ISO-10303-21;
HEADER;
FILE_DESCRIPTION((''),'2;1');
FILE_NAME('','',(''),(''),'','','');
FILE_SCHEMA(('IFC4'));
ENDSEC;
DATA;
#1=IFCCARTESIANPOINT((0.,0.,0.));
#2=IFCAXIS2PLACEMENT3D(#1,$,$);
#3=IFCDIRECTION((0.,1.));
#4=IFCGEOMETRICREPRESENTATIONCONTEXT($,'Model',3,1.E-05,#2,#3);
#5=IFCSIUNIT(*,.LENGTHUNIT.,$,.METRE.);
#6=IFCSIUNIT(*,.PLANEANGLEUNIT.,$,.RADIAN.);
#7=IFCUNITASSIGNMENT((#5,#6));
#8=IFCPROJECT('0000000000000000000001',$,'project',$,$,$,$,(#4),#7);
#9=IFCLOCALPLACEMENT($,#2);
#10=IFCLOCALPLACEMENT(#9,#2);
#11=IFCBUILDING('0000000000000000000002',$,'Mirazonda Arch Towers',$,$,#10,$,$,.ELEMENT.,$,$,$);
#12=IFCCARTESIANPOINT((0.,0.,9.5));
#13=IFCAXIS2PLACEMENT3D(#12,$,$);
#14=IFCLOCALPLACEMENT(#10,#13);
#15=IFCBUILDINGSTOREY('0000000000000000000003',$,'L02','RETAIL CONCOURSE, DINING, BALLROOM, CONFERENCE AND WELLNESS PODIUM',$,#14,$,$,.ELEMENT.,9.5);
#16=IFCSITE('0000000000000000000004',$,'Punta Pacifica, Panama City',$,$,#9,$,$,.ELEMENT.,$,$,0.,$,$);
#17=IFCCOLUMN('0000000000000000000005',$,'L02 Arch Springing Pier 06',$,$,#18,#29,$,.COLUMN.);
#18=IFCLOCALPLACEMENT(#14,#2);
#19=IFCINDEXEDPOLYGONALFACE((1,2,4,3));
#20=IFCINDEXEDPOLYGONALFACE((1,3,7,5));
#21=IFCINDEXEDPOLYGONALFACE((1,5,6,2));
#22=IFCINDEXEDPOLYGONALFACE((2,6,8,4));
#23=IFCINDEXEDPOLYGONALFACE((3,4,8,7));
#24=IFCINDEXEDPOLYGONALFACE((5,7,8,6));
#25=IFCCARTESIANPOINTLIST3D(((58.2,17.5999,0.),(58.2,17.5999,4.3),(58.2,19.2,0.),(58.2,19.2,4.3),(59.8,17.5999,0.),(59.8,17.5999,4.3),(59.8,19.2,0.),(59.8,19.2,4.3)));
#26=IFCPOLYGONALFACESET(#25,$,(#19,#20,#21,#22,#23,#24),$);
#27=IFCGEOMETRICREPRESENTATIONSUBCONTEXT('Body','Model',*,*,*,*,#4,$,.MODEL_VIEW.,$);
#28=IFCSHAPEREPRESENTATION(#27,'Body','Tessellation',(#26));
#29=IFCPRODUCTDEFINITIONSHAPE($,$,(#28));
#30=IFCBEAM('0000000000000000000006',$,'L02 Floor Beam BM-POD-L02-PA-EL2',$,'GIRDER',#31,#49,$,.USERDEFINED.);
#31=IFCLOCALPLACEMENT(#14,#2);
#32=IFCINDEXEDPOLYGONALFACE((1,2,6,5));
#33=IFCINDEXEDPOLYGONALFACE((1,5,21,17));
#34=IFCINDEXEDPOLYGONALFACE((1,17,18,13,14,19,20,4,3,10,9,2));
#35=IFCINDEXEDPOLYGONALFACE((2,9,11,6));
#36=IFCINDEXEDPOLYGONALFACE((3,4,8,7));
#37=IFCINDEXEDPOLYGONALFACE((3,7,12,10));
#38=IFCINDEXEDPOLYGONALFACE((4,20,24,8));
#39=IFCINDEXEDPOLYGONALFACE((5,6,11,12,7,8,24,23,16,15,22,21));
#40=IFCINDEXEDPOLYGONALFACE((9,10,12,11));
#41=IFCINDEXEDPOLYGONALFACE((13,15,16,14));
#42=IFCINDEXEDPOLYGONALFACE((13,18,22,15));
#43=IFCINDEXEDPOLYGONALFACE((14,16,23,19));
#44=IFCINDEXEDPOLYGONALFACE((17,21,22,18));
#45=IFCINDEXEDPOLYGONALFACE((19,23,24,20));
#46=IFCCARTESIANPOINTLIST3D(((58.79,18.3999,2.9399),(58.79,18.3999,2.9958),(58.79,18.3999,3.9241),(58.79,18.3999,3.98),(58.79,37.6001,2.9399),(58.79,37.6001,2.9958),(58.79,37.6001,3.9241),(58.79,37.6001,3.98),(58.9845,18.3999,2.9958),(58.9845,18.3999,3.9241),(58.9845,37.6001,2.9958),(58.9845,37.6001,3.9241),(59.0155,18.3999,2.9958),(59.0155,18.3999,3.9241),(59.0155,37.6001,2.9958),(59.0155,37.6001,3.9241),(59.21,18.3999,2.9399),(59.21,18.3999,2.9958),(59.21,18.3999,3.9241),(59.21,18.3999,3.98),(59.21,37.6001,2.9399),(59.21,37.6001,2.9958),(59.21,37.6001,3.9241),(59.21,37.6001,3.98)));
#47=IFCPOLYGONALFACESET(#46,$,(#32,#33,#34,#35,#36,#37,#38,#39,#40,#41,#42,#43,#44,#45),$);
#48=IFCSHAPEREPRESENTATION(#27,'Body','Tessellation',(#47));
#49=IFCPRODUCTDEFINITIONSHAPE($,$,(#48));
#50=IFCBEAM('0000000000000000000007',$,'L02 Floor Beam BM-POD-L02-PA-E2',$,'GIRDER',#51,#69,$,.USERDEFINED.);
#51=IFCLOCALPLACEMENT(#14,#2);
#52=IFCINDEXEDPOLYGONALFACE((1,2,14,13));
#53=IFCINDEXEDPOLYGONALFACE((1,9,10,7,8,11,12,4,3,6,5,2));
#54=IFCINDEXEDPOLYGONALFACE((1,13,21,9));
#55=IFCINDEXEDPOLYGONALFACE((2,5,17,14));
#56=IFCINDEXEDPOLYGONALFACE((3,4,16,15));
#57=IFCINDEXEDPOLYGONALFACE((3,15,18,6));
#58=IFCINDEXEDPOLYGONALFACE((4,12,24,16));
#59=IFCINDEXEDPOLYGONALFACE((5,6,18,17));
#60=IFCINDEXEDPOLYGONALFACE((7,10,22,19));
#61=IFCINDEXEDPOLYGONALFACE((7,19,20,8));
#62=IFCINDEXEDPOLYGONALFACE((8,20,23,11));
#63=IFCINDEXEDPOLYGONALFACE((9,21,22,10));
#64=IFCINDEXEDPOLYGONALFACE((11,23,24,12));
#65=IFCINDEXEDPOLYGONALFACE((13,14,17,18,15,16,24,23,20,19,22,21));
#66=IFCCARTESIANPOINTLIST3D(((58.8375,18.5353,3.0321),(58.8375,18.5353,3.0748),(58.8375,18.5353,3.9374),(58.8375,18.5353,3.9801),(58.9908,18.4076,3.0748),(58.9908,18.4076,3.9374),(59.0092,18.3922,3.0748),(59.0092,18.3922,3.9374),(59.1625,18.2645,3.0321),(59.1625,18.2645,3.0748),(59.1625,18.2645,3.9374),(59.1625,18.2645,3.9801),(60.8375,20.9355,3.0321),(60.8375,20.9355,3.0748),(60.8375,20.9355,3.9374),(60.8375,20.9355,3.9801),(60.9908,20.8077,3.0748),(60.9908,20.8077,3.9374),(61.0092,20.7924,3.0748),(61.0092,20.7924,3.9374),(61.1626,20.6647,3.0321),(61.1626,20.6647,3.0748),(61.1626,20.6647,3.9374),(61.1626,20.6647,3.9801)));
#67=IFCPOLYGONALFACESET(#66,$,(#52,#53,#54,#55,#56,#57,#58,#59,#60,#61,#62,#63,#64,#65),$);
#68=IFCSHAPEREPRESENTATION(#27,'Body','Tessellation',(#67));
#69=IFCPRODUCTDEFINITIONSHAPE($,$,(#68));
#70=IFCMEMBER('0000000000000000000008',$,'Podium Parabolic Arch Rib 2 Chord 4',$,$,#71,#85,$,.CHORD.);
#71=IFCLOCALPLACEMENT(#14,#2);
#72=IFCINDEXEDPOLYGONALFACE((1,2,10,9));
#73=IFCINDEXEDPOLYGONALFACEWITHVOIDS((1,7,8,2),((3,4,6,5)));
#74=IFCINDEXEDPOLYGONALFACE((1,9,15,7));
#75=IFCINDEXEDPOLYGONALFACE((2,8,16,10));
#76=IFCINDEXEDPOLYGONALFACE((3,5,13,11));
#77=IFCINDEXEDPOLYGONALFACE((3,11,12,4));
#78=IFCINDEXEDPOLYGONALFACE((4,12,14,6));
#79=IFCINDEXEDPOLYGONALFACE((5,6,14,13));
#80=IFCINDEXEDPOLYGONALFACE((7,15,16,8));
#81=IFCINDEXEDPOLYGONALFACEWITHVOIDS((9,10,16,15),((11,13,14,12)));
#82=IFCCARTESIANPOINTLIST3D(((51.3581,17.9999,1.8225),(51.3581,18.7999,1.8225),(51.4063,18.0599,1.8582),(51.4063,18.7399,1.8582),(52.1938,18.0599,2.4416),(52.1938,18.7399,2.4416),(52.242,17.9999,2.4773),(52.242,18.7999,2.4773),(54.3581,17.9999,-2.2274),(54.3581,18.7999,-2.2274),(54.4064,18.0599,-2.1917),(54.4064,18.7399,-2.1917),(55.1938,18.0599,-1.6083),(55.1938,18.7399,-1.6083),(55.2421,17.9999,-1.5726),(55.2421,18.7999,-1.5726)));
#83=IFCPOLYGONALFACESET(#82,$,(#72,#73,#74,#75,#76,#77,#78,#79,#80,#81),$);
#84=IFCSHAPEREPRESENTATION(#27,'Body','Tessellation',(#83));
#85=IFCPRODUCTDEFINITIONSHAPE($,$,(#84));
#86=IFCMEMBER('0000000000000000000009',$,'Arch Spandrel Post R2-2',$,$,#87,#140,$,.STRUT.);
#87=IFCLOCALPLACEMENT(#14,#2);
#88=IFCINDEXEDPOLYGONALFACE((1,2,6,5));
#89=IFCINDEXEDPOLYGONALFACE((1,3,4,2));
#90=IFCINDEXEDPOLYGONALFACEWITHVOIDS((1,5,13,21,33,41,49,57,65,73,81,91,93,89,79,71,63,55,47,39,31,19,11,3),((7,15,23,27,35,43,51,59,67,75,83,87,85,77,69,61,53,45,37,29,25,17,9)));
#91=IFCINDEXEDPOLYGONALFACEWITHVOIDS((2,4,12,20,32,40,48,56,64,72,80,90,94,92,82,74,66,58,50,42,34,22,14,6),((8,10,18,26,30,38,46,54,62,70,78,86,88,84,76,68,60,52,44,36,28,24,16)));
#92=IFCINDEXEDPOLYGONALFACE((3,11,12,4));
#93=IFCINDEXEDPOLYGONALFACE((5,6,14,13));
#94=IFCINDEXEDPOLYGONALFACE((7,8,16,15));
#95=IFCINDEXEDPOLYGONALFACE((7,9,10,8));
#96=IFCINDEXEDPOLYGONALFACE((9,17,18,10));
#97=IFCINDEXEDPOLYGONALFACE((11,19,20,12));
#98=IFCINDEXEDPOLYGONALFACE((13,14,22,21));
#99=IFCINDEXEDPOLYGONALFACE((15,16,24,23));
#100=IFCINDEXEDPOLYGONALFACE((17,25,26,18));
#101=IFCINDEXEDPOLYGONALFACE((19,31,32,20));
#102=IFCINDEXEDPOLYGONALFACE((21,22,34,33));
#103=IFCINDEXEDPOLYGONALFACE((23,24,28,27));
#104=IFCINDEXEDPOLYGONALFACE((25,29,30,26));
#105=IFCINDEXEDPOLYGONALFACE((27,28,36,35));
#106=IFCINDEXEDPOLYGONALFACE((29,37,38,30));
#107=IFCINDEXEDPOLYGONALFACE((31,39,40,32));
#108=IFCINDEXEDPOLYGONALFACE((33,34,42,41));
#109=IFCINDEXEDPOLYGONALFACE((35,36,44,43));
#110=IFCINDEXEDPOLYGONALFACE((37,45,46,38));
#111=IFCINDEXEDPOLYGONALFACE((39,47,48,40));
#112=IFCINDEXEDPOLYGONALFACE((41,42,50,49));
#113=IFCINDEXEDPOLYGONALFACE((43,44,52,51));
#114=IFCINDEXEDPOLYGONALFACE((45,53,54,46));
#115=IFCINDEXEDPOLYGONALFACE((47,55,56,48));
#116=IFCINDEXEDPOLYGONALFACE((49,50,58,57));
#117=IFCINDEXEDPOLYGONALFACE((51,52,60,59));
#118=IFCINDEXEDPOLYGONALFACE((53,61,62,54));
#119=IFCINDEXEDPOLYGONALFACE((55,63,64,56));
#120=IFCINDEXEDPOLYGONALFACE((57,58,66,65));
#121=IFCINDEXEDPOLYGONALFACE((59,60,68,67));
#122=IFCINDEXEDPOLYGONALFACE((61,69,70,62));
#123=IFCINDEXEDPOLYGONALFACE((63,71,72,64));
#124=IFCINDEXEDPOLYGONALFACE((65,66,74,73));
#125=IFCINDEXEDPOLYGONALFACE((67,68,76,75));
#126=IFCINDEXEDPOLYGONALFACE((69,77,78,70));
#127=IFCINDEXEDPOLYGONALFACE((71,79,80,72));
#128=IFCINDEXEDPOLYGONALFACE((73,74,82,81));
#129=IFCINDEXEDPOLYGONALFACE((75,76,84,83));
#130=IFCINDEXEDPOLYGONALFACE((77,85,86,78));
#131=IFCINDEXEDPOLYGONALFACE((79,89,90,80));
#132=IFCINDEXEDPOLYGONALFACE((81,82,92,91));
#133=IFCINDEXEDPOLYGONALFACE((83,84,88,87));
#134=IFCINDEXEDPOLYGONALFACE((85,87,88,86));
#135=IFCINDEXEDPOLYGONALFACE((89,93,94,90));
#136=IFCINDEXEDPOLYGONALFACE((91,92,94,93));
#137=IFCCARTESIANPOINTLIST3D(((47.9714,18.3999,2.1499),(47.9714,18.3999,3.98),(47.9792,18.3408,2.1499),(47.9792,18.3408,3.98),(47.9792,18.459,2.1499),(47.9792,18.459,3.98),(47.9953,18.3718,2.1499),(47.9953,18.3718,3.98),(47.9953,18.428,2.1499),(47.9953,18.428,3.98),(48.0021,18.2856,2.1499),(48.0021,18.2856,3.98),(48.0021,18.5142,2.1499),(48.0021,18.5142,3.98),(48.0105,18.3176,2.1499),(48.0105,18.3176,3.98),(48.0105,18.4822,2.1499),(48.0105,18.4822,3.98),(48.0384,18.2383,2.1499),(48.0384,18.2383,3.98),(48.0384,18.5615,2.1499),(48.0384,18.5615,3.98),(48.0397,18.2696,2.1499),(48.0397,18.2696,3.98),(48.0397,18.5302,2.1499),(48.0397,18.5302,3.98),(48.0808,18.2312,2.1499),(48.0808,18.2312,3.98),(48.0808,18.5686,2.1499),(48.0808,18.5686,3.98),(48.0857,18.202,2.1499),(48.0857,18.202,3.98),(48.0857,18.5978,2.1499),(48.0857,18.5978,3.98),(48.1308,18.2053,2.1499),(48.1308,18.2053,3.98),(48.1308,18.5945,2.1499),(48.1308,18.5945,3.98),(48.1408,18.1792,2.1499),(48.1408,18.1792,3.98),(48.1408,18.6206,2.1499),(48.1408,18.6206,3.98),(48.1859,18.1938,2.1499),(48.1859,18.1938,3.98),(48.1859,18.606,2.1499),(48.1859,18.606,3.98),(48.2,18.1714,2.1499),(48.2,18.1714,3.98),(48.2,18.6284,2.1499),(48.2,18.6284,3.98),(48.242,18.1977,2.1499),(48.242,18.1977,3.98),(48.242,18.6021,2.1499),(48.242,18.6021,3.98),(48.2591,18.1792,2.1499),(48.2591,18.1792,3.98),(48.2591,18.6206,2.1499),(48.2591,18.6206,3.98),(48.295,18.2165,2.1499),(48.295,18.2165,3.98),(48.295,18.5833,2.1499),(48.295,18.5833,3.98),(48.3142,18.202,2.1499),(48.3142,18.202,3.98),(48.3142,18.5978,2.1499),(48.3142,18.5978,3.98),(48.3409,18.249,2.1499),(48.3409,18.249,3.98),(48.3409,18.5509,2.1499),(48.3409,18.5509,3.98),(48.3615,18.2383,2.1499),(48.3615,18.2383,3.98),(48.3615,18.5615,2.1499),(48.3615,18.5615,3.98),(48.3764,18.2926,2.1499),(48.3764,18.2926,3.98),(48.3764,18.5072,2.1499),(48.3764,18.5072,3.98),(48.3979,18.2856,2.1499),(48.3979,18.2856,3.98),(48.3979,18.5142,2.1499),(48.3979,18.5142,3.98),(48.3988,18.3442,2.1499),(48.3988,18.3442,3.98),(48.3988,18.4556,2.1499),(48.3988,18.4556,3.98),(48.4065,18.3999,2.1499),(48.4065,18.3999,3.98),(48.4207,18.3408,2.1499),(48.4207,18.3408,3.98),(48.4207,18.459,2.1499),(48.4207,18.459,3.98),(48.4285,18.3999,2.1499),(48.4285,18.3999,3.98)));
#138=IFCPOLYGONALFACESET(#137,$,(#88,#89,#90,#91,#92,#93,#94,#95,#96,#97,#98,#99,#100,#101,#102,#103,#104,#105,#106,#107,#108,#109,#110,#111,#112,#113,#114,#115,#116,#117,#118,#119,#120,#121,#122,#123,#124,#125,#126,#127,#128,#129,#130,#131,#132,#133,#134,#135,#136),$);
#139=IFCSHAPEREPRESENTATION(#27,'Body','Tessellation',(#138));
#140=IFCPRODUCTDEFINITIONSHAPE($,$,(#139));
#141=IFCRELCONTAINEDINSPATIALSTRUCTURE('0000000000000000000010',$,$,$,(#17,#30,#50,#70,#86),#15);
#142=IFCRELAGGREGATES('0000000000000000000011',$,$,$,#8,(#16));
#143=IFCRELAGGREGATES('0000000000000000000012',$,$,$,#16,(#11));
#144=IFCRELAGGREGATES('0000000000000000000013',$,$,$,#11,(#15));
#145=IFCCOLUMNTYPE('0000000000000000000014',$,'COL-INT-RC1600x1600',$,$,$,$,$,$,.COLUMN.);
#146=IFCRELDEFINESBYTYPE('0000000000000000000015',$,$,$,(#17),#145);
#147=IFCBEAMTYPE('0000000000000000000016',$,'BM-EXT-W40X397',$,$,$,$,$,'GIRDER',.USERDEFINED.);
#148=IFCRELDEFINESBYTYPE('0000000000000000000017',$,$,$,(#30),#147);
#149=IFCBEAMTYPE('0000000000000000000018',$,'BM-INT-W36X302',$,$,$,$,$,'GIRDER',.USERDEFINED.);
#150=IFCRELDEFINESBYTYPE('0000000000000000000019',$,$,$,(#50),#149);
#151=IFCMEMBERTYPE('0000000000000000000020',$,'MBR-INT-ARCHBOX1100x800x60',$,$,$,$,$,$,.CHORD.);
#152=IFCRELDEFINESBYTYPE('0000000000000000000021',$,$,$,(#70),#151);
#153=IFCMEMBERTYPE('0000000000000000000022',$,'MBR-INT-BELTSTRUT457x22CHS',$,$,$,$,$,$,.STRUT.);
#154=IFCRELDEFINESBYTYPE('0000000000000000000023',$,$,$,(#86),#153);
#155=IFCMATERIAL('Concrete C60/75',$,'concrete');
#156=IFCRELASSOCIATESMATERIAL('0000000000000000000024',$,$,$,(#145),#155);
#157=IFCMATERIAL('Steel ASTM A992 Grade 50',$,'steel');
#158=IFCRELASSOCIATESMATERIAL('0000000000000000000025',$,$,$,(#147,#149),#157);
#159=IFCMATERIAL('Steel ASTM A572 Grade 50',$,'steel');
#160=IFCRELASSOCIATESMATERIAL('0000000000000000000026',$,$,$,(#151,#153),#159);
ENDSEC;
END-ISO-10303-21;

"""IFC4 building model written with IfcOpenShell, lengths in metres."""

from ifc_helpers import new_model, si_unit, direction, frame, origin, origin_2d, place, context, subcontext, project, spatial, rectangle, hollow_rectangle, hollow_circle, i_section, extrude, material, material_profile, profile_set, type_object, element, save


model = new_model("IFC4")

# Units and contexts
model_context = context("Model", 3, precision=1e-05, world=origin(), true_north=direction((0.0, 1.0)))
body_context = subcontext(model_context, "Body", "Model", "MODEL_VIEW")
ifc_project = project(units=[si_unit("LENGTHUNIT", "METRE"), si_unit("PLANEANGLEUNIT", "RADIAN")], contexts=[model_context])

# Site, building, storey
site_placement = place(None, origin())
site = spatial("IfcSite", under=ifc_project, at=site_placement, Name="Punta Pacifica, Panama City", CompositionType="ELEMENT", RefElevation=0.0)
building_placement = place(site_placement, origin())
building = spatial("IfcBuilding", under=site, at=building_placement, Name="Mirazonda Arch Towers", CompositionType="ELEMENT")
storey_placement = place(building_placement, frame((0.0, 0.0, 9.5)))
storey = spatial("IfcBuildingStorey", under=building, at=storey_placement, Name="L02", Description="RETAIL CONCOURSE, DINING, BALLROOM, CONFERENCE AND WELLNESS PODIUM", CompositionType="ELEMENT", Elevation=9.5)

# Column
ifc_material_1 = material(Name="Concrete C60/75", Category="concrete")
ifc_material_profile_1 = material_profile(ifc_material_1, rectangle(XDim=1.6001, YDim=1.6001, at=origin_2d()), Name="RC1600x1600")
ifc_profile_set_1 = profile_set([ifc_material_profile_1], Name="Concrete C60/75")
column_type = type_object("IfcColumnType", Name="COL-INT-RC1600x1600", PredefinedType="COLUMN", material=ifc_profile_set_1)
column_placement = place(storey_placement, frame((59.0, 18.3999, 0.0), z_axis=(0.0, 0.0, 1.0), x_axis=(1.0, 0.0, 0.0)))
element("IfcColumn", 1, at=column_placement, inside=storey, type_object=column_type, Name="L02 Arch Springing Pier 06", PredefinedType="COLUMN", context=body_context, shape_type="SweptSolid", body=[
    extrude(rectangle(XDim=1.6001, YDim=1.6001, at=origin_2d()), origin(), (0.0, 0.0, 1.0), 4.3),
])

# Beams
ifc_material_2 = material(Name="Steel ASTM A992 Grade 50", Category="steel")
ifc_material_profile_2 = material_profile(ifc_material_2, i_section(OverallWidth=0.4199, OverallDepth=1.04, WebThickness=0.031, FlangeThickness=0.0559, at=origin_2d()), Name="W40X397")
ifc_profile_set_2 = profile_set([ifc_material_profile_2], Name="Steel ASTM A992 Grade 50")
beam_type_1 = type_object("IfcBeamType", Name="BM-EXT-W40X397", ElementType="GIRDER", PredefinedType="USERDEFINED", material=ifc_profile_set_2)
beam_1_placement = place(storey_placement, frame((59.0, 18.3999, 3.46), z_axis=(0.0, 1.0, 0.0), x_axis=(-1.0, 0.0, 0.0)))
element("IfcBeam", 2, at=beam_1_placement, inside=storey, type_object=beam_type_1, Name="L02 Floor Beam BM-POD-L02-PA-EL2", ObjectType="GIRDER", PredefinedType="USERDEFINED", context=body_context, shape_type="SweptSolid", body=[
    extrude(i_section(OverallWidth=0.4199, OverallDepth=1.04, WebThickness=0.031, FlangeThickness=0.0559, at=origin_2d()), origin(), (0.0, 0.0, 1.0), 19.2002),
])
ifc_material_profile_3 = material_profile(ifc_material_2, i_section(OverallWidth=0.4231, OverallDepth=0.948, WebThickness=0.0239, FlangeThickness=0.0427, at=origin_2d()), Name="W36X302")
ifc_profile_set_3 = profile_set([ifc_material_profile_3], Name="Steel ASTM A992 Grade 50")
beam_type_2 = type_object("IfcBeamType", Name="BM-INT-W36X302", ElementType="GIRDER", PredefinedType="USERDEFINED", material=ifc_profile_set_3)
beam_2_placement = place(storey_placement, frame((59.0, 18.3999, 3.5061), z_axis=(0.640161, 0.76824, 0.0), x_axis=(-0.76824, 0.640161, 0.0)))
element("IfcBeam", 3, at=beam_2_placement, inside=storey, type_object=beam_type_2, Name="L02 Floor Beam BM-POD-L02-PA-E2", ObjectType="GIRDER", PredefinedType="USERDEFINED", context=body_context, shape_type="SweptSolid", body=[
    extrude(i_section(OverallWidth=0.4231, OverallDepth=0.948, WebThickness=0.0239, FlangeThickness=0.0427, at=origin_2d()), origin(), (0.0, 0.0, 1.0), 3.1243),
])

# Members
ifc_material_3 = material(Name="Steel ASTM A572 Grade 50", Category="steel")
ifc_material_profile_4 = material_profile(ifc_material_3, hollow_rectangle(XDim=0.8, YDim=1.1001, WallThickness=0.0601, at=origin_2d()), Name="ARCHBOX1100x800x60")
ifc_profile_set_4 = profile_set([ifc_material_profile_4], Name="Steel ASTM A572 Grade 50")
member_type_1 = type_object("IfcMemberType", Name="MBR-INT-ARCHBOX1100x800x60", PredefinedType="CHORD", material=ifc_profile_set_4)
member_1_placement = place(storey_placement, frame((51.8, 18.3999, 2.1499), z_axis=(0.595246, 0.0, -0.803543), x_axis=(0.0, 1.0, 0.0)))
element("IfcMember", 4, at=member_1_placement, inside=storey, type_object=member_type_1, Name="Podium Parabolic Arch Rib 2 Chord 4", PredefinedType="CHORD", context=body_context, shape_type="SweptSolid", body=[
    extrude(hollow_rectangle(XDim=0.8, YDim=1.1001, WallThickness=0.0601, at=origin_2d()), origin(), (0.0, 0.0, 1.0), 5.04),
])
ifc_material_profile_5 = material_profile(ifc_material_3, hollow_circle(Radius=0.2285, WallThickness=0.022, at=origin_2d()), Name="BELTSTRUT457x22CHS")
ifc_profile_set_5 = profile_set([ifc_material_profile_5], Name="Steel ASTM A572 Grade 50")
member_type_2 = type_object("IfcMemberType", Name="MBR-INT-BELTSTRUT457x22CHS", PredefinedType="STRUT", material=ifc_profile_set_5)
for number, where, z_axis, x_axis, name in (
    (5, (48.2, 18.3999, 2.1499), (0.0, 0.0, 1.0), (1.0, 0.0, 0.0), "Arch Spandrel Post R2-2"),
):
    element("IfcMember", number, at=place(storey_placement, frame(where, z_axis=z_axis, x_axis=x_axis)), inside=storey, type_object=member_type_2, Name=name, PredefinedType="STRUT", context=body_context, shape_type="SweptSolid", body=[
        extrude(hollow_circle(Radius=0.2285, WallThickness=0.022, at=origin_2d()), origin(), (0.0, 0.0, 1.0), 1.8301),
    ])

save(model, "model.ifc")
